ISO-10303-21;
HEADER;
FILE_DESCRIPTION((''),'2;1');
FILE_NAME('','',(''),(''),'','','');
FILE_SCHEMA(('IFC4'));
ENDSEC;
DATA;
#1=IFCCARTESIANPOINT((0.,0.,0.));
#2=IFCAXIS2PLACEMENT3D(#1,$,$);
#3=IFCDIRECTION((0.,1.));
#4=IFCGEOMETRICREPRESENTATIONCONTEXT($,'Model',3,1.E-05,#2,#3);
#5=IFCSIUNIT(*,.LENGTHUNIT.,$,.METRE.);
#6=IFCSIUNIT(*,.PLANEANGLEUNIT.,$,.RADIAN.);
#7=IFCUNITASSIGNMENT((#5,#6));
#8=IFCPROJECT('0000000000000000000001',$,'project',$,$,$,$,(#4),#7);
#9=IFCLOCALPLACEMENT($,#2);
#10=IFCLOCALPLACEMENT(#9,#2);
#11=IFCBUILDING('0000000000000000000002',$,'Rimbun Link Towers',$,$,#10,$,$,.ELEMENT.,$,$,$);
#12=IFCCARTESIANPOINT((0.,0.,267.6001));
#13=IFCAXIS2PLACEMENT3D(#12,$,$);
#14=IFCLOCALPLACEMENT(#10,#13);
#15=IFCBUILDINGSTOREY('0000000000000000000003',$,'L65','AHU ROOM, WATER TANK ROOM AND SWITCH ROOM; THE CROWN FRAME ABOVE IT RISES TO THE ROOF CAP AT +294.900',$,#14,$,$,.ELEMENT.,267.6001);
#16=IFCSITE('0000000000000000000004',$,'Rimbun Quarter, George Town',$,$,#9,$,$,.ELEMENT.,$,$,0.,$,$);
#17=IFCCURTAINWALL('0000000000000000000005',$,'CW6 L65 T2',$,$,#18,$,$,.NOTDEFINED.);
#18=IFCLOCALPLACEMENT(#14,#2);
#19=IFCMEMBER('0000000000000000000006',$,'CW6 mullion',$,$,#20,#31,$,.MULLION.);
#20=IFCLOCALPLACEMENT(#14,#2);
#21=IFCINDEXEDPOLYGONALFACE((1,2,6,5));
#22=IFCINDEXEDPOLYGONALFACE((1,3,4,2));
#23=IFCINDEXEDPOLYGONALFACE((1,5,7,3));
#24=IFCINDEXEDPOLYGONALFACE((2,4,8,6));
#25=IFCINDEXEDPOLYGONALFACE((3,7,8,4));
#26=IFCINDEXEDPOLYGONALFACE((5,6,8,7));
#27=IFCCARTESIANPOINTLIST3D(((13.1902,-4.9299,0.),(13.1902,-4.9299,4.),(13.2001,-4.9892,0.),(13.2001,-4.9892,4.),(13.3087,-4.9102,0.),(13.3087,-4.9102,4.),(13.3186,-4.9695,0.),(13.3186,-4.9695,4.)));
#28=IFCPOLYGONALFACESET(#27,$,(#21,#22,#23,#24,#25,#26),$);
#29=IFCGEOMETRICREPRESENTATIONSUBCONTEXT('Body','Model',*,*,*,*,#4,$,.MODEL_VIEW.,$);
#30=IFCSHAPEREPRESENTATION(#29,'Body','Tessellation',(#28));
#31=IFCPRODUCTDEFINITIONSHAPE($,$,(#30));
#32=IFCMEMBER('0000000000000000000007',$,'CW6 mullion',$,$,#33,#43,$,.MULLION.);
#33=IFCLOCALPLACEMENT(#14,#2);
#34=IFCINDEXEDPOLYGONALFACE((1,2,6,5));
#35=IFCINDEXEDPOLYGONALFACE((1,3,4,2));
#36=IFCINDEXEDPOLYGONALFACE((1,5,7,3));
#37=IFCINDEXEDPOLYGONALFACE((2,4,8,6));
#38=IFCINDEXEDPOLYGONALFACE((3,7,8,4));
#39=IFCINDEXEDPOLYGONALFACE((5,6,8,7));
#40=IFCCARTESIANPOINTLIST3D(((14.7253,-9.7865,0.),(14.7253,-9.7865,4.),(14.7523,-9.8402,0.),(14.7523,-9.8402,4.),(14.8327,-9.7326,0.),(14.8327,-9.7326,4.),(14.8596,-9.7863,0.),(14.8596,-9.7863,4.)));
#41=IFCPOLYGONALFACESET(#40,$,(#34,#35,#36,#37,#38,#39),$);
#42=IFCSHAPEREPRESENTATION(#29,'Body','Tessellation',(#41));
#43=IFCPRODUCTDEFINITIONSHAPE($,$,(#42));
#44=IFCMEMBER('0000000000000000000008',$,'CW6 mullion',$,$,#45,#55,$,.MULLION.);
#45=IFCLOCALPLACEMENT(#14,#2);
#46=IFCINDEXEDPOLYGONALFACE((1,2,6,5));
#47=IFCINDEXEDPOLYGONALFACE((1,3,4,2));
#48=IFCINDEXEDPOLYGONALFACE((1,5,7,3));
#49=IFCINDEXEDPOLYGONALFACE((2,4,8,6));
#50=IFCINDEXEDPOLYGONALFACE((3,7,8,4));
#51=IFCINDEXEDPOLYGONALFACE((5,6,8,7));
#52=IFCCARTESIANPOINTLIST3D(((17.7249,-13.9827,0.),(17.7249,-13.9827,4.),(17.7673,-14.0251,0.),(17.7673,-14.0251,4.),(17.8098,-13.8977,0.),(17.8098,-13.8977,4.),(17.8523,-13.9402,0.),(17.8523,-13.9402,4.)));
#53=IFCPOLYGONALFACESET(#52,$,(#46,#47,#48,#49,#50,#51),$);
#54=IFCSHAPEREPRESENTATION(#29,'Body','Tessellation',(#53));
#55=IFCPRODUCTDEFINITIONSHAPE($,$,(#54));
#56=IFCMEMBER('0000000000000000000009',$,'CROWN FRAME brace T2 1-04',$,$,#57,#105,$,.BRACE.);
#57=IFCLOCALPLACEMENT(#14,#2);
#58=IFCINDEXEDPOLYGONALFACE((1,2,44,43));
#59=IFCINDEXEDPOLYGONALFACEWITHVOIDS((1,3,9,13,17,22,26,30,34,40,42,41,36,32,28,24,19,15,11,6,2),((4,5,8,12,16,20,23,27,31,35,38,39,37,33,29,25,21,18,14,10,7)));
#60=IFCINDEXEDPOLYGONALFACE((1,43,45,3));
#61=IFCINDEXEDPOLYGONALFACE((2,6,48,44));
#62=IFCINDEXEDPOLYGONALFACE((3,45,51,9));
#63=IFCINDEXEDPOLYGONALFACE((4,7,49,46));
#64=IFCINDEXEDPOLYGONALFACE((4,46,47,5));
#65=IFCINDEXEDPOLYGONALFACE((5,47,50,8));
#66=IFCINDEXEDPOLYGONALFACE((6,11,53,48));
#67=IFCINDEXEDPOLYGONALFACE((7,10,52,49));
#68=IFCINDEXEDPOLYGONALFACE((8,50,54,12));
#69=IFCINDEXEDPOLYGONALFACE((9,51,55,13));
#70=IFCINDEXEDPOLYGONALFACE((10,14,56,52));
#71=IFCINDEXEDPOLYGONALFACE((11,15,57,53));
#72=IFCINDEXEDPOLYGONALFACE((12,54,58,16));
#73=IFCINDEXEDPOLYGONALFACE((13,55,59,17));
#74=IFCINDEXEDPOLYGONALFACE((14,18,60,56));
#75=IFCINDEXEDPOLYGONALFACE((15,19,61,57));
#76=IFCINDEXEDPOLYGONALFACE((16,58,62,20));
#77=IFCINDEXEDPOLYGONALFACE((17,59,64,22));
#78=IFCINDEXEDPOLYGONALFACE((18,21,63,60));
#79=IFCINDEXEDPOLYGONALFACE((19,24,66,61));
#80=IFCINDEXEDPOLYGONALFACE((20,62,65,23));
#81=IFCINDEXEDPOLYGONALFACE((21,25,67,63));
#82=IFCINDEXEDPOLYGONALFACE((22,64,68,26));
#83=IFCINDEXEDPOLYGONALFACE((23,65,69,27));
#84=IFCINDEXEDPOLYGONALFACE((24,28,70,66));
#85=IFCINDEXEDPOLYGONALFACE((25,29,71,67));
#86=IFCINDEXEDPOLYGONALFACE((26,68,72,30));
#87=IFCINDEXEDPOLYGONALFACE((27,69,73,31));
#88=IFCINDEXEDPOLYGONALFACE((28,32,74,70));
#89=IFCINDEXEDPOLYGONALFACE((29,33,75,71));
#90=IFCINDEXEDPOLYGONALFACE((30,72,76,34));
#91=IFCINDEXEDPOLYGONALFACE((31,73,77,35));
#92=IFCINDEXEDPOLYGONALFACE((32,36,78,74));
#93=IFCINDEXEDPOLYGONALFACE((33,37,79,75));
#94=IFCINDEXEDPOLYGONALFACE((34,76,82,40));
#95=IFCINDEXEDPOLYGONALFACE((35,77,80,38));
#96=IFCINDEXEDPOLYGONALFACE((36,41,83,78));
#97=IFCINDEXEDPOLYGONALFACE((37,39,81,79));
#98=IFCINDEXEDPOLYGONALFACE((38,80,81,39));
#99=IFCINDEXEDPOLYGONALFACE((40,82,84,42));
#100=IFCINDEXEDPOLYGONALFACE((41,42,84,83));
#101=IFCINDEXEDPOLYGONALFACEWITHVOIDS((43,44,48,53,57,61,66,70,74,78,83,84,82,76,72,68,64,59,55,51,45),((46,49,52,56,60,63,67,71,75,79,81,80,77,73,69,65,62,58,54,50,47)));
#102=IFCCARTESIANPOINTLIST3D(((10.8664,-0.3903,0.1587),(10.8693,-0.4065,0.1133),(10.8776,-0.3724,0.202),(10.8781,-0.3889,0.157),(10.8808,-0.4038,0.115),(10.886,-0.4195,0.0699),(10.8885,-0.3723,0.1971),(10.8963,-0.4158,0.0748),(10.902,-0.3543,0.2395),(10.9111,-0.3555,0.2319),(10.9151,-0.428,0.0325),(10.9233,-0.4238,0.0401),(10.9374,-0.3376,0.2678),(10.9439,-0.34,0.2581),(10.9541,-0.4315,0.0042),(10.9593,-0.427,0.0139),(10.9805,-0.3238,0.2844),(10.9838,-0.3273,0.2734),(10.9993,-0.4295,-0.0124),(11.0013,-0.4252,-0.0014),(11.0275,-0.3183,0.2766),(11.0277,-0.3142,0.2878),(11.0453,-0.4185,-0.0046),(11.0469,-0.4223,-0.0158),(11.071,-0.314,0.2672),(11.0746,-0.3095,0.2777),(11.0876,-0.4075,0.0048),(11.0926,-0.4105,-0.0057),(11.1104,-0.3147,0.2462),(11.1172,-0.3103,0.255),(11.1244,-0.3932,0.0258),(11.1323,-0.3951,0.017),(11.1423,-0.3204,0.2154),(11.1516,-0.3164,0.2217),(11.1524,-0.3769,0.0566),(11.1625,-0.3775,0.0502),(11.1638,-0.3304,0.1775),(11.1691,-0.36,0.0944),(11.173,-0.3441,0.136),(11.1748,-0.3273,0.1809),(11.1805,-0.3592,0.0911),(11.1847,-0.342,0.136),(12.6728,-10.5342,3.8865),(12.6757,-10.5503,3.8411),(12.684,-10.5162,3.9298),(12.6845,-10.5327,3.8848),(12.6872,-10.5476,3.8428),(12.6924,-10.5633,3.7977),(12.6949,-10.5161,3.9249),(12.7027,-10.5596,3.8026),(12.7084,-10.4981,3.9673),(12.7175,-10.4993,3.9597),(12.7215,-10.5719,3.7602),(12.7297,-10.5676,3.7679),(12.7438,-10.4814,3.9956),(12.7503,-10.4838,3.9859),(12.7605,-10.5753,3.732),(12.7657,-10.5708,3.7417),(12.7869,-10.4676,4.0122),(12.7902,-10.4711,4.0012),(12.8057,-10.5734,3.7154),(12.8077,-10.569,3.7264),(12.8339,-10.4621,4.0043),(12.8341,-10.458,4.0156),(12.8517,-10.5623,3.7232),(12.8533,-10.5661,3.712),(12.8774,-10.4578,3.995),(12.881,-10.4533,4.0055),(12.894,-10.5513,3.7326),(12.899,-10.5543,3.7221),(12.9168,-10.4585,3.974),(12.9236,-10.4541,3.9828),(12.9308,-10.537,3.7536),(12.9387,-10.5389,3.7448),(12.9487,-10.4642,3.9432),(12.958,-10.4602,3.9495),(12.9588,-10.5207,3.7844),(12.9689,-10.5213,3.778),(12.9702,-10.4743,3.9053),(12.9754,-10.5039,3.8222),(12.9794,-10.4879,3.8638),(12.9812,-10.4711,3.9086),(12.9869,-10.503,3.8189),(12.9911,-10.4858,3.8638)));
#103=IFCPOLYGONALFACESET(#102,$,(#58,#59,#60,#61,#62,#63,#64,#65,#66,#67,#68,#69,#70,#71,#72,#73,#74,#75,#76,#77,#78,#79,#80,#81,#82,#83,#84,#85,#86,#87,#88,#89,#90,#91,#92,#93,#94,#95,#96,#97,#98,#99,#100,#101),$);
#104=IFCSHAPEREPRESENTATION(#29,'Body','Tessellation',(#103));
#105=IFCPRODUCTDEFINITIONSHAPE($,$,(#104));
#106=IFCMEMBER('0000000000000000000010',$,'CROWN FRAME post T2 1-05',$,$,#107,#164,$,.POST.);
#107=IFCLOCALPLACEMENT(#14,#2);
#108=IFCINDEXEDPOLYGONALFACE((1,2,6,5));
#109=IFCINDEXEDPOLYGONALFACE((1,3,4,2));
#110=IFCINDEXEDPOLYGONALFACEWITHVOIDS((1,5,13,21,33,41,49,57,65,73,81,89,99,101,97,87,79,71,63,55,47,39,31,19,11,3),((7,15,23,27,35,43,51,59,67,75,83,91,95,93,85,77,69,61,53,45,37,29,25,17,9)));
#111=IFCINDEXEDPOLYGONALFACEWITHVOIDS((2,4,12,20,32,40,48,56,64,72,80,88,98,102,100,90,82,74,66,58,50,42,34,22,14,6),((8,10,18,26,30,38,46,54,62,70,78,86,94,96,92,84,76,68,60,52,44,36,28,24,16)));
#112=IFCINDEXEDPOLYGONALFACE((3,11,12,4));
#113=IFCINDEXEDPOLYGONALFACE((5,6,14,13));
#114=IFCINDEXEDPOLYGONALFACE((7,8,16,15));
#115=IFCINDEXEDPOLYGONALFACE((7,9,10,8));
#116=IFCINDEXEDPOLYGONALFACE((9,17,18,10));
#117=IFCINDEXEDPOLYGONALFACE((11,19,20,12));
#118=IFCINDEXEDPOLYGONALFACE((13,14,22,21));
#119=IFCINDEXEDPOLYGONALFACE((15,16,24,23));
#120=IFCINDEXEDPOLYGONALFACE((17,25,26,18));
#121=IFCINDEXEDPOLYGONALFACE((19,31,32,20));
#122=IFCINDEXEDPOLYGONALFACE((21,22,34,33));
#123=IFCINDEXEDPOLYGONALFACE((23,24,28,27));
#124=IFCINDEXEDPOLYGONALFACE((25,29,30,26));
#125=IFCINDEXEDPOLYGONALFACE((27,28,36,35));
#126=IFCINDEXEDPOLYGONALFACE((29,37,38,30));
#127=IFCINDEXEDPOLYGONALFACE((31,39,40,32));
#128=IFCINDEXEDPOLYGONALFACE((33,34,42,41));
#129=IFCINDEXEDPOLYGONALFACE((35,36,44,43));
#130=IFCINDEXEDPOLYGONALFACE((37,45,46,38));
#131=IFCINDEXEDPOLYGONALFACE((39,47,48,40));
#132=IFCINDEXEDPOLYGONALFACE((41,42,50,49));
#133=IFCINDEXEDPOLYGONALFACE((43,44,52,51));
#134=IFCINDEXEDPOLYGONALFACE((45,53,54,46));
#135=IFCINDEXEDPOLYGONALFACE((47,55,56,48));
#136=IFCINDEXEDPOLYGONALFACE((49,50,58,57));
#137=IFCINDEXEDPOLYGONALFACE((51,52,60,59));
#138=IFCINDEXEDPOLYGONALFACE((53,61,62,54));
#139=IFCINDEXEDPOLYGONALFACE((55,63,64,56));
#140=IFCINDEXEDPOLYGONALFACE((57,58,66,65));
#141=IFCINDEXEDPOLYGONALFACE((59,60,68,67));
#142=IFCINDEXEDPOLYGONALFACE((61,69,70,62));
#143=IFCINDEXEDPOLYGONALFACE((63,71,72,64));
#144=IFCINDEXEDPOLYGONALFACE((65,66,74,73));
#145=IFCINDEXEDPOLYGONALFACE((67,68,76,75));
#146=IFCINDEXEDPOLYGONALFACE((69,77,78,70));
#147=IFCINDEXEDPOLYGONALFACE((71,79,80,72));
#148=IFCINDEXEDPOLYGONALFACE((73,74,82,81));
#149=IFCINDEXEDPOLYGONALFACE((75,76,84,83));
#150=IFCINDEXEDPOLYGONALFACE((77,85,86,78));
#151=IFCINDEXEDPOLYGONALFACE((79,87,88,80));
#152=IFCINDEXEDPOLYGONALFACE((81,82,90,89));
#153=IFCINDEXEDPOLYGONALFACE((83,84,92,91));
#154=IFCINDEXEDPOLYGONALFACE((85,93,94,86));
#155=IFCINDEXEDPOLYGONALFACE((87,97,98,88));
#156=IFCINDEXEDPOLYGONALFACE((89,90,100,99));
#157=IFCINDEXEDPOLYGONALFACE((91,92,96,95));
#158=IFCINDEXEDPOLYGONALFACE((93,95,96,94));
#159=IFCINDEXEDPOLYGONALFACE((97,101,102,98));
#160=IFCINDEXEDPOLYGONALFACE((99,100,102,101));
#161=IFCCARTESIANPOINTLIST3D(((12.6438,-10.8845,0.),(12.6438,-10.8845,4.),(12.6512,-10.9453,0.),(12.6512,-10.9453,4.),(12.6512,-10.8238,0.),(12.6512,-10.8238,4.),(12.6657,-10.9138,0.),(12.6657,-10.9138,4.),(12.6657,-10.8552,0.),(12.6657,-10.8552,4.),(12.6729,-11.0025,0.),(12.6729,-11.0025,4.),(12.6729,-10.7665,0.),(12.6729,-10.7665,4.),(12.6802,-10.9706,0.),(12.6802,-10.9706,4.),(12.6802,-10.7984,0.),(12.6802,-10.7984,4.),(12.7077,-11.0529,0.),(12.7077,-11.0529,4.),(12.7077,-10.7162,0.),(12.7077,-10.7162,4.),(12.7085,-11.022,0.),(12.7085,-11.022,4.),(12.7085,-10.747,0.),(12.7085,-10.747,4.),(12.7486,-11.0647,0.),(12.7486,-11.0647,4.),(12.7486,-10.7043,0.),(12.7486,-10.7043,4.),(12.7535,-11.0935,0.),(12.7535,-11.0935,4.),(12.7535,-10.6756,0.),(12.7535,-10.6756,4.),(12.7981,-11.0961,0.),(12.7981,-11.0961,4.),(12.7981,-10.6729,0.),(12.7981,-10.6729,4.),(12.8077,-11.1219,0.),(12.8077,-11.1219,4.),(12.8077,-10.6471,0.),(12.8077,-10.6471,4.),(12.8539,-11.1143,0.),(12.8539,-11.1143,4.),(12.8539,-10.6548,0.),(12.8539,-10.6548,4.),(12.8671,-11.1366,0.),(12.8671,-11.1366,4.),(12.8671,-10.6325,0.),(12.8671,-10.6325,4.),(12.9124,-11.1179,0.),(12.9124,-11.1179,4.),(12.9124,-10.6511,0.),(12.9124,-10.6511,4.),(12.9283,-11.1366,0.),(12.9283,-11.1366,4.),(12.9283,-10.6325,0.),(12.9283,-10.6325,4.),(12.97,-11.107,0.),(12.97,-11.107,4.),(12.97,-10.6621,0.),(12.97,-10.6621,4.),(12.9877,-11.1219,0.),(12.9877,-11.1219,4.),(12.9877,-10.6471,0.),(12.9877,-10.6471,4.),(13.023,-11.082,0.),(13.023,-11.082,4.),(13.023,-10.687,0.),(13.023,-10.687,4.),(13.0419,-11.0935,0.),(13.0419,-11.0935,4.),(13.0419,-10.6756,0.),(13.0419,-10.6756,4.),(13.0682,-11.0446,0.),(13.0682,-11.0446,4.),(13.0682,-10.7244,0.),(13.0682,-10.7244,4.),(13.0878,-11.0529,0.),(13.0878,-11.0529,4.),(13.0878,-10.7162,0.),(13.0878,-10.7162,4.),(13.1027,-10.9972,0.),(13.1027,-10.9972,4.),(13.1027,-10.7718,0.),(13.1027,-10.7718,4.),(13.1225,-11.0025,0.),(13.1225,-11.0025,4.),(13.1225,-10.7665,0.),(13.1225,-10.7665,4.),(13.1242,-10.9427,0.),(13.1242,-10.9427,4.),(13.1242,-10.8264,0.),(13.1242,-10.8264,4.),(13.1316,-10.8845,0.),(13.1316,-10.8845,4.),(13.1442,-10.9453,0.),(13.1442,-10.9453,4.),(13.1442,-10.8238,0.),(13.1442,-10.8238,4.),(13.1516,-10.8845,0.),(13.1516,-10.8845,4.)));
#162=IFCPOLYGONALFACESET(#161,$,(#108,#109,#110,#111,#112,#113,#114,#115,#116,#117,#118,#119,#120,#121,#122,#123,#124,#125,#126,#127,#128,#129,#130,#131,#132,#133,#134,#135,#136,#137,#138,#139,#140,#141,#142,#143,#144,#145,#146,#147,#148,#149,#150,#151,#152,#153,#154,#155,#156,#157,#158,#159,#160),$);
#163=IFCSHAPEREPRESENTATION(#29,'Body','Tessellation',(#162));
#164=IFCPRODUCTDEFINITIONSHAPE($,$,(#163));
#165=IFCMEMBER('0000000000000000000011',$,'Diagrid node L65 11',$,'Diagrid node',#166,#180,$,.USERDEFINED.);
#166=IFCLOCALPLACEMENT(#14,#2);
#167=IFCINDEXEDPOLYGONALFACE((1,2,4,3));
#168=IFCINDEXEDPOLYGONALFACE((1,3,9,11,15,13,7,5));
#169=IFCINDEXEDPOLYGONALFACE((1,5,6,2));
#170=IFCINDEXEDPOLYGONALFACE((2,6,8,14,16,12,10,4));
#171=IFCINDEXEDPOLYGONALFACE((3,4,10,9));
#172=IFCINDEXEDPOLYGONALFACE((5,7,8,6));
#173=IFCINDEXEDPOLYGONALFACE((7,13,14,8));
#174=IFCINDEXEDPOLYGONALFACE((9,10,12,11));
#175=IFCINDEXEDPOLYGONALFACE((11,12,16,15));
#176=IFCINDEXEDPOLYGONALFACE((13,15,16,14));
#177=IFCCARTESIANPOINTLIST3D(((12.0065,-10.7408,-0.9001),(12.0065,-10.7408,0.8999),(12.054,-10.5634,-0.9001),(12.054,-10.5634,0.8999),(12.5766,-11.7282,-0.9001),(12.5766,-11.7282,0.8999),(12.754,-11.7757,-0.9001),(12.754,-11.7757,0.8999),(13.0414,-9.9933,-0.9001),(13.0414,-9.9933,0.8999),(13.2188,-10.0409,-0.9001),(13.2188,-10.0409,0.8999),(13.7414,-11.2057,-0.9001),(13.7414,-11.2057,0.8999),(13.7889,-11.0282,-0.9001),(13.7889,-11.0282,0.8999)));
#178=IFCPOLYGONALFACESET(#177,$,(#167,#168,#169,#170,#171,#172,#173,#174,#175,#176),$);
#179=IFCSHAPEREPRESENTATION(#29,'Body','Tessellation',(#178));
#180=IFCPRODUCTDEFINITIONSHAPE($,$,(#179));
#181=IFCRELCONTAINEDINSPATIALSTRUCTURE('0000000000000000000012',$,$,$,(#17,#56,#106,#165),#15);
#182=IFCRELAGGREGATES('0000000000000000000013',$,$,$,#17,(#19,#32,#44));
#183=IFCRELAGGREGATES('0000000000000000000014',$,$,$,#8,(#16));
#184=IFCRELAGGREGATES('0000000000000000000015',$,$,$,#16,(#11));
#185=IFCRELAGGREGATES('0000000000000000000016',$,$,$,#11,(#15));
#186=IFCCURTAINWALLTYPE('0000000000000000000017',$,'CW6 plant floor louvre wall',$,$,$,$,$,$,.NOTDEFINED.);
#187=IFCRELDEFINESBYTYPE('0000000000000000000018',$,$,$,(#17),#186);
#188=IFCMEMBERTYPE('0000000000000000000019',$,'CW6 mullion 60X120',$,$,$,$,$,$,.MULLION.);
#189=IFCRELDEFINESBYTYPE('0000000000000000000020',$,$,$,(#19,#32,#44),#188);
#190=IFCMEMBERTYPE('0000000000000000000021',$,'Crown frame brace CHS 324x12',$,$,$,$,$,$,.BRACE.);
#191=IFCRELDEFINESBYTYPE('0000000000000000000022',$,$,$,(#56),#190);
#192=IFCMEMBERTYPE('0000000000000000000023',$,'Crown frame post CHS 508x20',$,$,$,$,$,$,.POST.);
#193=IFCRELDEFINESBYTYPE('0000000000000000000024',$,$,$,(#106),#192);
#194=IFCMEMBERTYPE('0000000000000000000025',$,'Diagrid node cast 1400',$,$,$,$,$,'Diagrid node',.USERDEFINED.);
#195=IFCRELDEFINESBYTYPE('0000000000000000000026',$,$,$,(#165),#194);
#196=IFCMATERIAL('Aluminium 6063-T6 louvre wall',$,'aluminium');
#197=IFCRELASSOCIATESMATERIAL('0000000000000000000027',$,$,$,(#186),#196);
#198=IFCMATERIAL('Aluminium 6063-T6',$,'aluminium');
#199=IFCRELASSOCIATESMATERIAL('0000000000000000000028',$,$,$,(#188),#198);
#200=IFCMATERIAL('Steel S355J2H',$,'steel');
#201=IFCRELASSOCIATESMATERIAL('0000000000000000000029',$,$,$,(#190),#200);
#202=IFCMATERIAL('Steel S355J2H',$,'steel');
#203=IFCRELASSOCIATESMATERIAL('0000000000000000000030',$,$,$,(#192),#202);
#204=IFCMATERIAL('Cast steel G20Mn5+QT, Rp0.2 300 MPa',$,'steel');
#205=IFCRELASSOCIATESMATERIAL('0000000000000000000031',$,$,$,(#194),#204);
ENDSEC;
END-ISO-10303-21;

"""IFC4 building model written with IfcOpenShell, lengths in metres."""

from ifc_helpers import new_model, si_unit, direction, frame, origin, origin_2d, place, context, subcontext, project, spatial, polyline, rectangle, hollow_circle, outline, extrude, material, material_profile, profile_set, type_object, element, aggregate, save


model = new_model("IFC4")

# Units and contexts
model_context = context("Model", 3, precision=1e-05, world=origin(), true_north=direction((0.0, 1.0)))
body_context = subcontext(model_context, "Body", "Model", "MODEL_VIEW")
ifc_project = project(units=[si_unit("LENGTHUNIT", "METRE"), si_unit("PLANEANGLEUNIT", "RADIAN")], contexts=[model_context])

# Site, building, storey
site_placement = place(None, origin())
site = spatial("IfcSite", under=ifc_project, at=site_placement, Name="Rimbun Quarter, George Town", CompositionType="ELEMENT", RefElevation=0.0)
building_placement = place(site_placement, origin())
building = spatial("IfcBuilding", under=site, at=building_placement, Name="Rimbun Link Towers", CompositionType="ELEMENT")
storey_placement = place(building_placement, frame((0.0, 0.0, 267.6001)))
storey = spatial("IfcBuildingStorey", under=building, at=storey_placement, Name="L65", Description="AHU ROOM, WATER TANK ROOM AND SWITCH ROOM; THE CROWN FRAME ABOVE IT RISES TO THE ROOF CAP AT +294.900", CompositionType="ELEMENT", Elevation=267.6001)

# Curtain wall, members
ifc_material_1 = material(Name="Aluminium 6063-T6 louvre wall", Category="aluminium")
curtain_wall_type = type_object("IfcCurtainWallType", Name="CW6 plant floor louvre wall", PredefinedType="NOTDEFINED", material=ifc_material_1)
curtain_wall_placement = place(storey_placement, origin())
curtain_wall = element("IfcCurtainWall", 1, at=curtain_wall_placement, inside=storey, type_object=curtain_wall_type, Name="CW6 L65 T2", PredefinedType="NOTDEFINED")
ifc_material_2 = material(Name="Aluminium 6063-T6", Category="aluminium")
ifc_material_profile_1 = material_profile(ifc_material_2, rectangle(XDim=0.1201, YDim=0.0601, at=origin_2d()), Name="MULLION 60X120")
ifc_profile_set_1 = profile_set([ifc_material_profile_1], Name="Aluminium 6063-T6")
member_type_1 = type_object("IfcMemberType", Name="CW6 mullion 60X120", PredefinedType="MULLION", material=ifc_profile_set_1)
member_1_placement = place(storey_placement, frame((13.2544, -4.9497, 0.0), z_axis=(0.0, 0.0, 1.0), x_axis=(-0.986503, -0.163741, 0.0)))
member_1 = element("IfcMember", 2, at=member_1_placement, type_object=member_type_1, Name="CW6 mullion", PredefinedType="MULLION", context=body_context, shape_type="SweptSolid", body=[
    extrude(rectangle(XDim=0.1201, YDim=0.0601, at=origin_2d()), origin(), (0.0, 0.0, 1.0), 4.0),
])
member_2_placement = place(storey_placement, frame((14.7925, -9.7864, 0.0), z_axis=(0.0, 0.0, 1.0), x_axis=(-0.893751, -0.448563, 0.0)))
member_2 = element("IfcMember", 3, at=member_2_placement, type_object=member_type_1, Name="CW6 mullion", PredefinedType="MULLION", context=body_context, shape_type="SweptSolid", body=[
    extrude(rectangle(XDim=0.1201, YDim=0.0601, at=origin_2d()), origin(), (0.0, 0.0, 1.0), 4.0),
])
member_3_placement = place(storey_placement, frame((17.7886, -13.9614, 0.0), z_axis=(0.0, 0.0, 1.0), x_axis=(-0.707107, -0.707107, 0.0)))
member_3 = element("IfcMember", 4, at=member_3_placement, type_object=member_type_1, Name="CW6 mullion", PredefinedType="MULLION", context=body_context, shape_type="SweptSolid", body=[
    extrude(rectangle(XDim=0.1201, YDim=0.0601, at=origin_2d()), origin(), (0.0, 0.0, 1.0), 4.0),
])

# Members
ifc_material_3 = material(Name="Steel S355J2H", Category="steel")
ifc_material_profile_2 = material_profile(ifc_material_3, hollow_circle(Radius=0.1619, WallThickness=0.012, at=origin_2d()), Name="Crown frame brace CHS 324x12")
ifc_profile_set_2 = profile_set([ifc_material_profile_2], Name="Steel S355J2H")
member_type_2 = type_object("IfcMemberType", Name="Crown frame brace CHS 324x12", PredefinedType="BRACE", material=ifc_profile_set_2)
member_4_placement = place(storey_placement, frame((11.0254, -0.3704, 0.136), z_axis=(0.164862, -0.925782, 0.340219), x_axis=(0.984511, 0.175321, 0.0)))
element("IfcMember", 5, at=member_4_placement, inside=storey, type_object=member_type_2, Name="CROWN FRAME brace T2 1-04", PredefinedType="BRACE", context=body_context, shape_type="SweptSolid", body=[
    extrude(hollow_circle(Radius=0.1619, WallThickness=0.012, at=origin_2d()), origin(), (0.0, 0.0, 1.0), 10.957),
])
ifc_material_4 = material(Name="Steel S355J2H", Category="steel")
ifc_material_profile_3 = material_profile(ifc_material_4, hollow_circle(Radius=0.2539, WallThickness=0.02, at=origin_2d()), Name="Crown frame post CHS 508x20")
ifc_profile_set_3 = profile_set([ifc_material_profile_3], Name="Steel S355J2H")
member_type_3 = type_object("IfcMemberType", Name="Crown frame post CHS 508x20", PredefinedType="POST", material=ifc_profile_set_3)
member_5_placement = place(storey_placement, frame((12.8977, -10.8845, 0.0), z_axis=(0.0, 0.0, 1.0), x_axis=(1.0, 0.0, 0.0)))
element("IfcMember", 6, at=member_5_placement, inside=storey, type_object=member_type_3, Name="CROWN FRAME post T2 1-05", PredefinedType="POST", context=body_context, shape_type="SweptSolid", body=[
    extrude(hollow_circle(Radius=0.2539, WallThickness=0.02, at=origin_2d()), origin(), (0.0, 0.0, 1.0), 4.0),
])
ifc_material_5 = material(Name="Cast steel G20Mn5+QT, Rp0.2 300 MPa", Category="steel")
ifc_material_profile_4 = material_profile(ifc_material_5, outline(polyline([(0.7, -0.5701), (0.7, 0.5701), (0.5701, 0.7), (-0.5701, 0.7), (-0.7, 0.5701), (-0.7, -0.5701), (-0.5701, -0.7), (0.5701, -0.7), (0.7, -0.5701)])), Name="NODE 1400x1400")
ifc_profile_set_4 = profile_set([ifc_material_profile_4], Name="Cast steel G20Mn5+QT, Rp0.2 300 MPa")
member_type_4 = type_object("IfcMemberType", Name="Diagrid node cast 1400", ElementType="Diagrid node", PredefinedType="USERDEFINED", material=ifc_profile_set_4)
member_6_placement = place(storey_placement, frame((12.8977, -10.8845, -0.9001), z_axis=(0.0, 0.0, 1.0), x_axis=(-0.866025, -0.5, 0.0)))
element("IfcMember", 7, at=member_6_placement, inside=storey, type_object=member_type_4, Name="Diagrid node L65 11", ObjectType="Diagrid node", PredefinedType="USERDEFINED", context=body_context, shape_type="SweptSolid", body=[
    extrude(outline(polyline([(0.7, -0.5701), (0.7, 0.5701), (0.5701, 0.7), (-0.5701, 0.7), (-0.7, 0.5701), (-0.7, -0.5701), (-0.5701, -0.7), (0.5701, -0.7), (0.7, -0.5701)])), origin(), (0.0, 0.0, 1.0), 1.8),
])

aggregate(curtain_wall, [member_1, member_2, member_3])

save(model, "model.ifc")
